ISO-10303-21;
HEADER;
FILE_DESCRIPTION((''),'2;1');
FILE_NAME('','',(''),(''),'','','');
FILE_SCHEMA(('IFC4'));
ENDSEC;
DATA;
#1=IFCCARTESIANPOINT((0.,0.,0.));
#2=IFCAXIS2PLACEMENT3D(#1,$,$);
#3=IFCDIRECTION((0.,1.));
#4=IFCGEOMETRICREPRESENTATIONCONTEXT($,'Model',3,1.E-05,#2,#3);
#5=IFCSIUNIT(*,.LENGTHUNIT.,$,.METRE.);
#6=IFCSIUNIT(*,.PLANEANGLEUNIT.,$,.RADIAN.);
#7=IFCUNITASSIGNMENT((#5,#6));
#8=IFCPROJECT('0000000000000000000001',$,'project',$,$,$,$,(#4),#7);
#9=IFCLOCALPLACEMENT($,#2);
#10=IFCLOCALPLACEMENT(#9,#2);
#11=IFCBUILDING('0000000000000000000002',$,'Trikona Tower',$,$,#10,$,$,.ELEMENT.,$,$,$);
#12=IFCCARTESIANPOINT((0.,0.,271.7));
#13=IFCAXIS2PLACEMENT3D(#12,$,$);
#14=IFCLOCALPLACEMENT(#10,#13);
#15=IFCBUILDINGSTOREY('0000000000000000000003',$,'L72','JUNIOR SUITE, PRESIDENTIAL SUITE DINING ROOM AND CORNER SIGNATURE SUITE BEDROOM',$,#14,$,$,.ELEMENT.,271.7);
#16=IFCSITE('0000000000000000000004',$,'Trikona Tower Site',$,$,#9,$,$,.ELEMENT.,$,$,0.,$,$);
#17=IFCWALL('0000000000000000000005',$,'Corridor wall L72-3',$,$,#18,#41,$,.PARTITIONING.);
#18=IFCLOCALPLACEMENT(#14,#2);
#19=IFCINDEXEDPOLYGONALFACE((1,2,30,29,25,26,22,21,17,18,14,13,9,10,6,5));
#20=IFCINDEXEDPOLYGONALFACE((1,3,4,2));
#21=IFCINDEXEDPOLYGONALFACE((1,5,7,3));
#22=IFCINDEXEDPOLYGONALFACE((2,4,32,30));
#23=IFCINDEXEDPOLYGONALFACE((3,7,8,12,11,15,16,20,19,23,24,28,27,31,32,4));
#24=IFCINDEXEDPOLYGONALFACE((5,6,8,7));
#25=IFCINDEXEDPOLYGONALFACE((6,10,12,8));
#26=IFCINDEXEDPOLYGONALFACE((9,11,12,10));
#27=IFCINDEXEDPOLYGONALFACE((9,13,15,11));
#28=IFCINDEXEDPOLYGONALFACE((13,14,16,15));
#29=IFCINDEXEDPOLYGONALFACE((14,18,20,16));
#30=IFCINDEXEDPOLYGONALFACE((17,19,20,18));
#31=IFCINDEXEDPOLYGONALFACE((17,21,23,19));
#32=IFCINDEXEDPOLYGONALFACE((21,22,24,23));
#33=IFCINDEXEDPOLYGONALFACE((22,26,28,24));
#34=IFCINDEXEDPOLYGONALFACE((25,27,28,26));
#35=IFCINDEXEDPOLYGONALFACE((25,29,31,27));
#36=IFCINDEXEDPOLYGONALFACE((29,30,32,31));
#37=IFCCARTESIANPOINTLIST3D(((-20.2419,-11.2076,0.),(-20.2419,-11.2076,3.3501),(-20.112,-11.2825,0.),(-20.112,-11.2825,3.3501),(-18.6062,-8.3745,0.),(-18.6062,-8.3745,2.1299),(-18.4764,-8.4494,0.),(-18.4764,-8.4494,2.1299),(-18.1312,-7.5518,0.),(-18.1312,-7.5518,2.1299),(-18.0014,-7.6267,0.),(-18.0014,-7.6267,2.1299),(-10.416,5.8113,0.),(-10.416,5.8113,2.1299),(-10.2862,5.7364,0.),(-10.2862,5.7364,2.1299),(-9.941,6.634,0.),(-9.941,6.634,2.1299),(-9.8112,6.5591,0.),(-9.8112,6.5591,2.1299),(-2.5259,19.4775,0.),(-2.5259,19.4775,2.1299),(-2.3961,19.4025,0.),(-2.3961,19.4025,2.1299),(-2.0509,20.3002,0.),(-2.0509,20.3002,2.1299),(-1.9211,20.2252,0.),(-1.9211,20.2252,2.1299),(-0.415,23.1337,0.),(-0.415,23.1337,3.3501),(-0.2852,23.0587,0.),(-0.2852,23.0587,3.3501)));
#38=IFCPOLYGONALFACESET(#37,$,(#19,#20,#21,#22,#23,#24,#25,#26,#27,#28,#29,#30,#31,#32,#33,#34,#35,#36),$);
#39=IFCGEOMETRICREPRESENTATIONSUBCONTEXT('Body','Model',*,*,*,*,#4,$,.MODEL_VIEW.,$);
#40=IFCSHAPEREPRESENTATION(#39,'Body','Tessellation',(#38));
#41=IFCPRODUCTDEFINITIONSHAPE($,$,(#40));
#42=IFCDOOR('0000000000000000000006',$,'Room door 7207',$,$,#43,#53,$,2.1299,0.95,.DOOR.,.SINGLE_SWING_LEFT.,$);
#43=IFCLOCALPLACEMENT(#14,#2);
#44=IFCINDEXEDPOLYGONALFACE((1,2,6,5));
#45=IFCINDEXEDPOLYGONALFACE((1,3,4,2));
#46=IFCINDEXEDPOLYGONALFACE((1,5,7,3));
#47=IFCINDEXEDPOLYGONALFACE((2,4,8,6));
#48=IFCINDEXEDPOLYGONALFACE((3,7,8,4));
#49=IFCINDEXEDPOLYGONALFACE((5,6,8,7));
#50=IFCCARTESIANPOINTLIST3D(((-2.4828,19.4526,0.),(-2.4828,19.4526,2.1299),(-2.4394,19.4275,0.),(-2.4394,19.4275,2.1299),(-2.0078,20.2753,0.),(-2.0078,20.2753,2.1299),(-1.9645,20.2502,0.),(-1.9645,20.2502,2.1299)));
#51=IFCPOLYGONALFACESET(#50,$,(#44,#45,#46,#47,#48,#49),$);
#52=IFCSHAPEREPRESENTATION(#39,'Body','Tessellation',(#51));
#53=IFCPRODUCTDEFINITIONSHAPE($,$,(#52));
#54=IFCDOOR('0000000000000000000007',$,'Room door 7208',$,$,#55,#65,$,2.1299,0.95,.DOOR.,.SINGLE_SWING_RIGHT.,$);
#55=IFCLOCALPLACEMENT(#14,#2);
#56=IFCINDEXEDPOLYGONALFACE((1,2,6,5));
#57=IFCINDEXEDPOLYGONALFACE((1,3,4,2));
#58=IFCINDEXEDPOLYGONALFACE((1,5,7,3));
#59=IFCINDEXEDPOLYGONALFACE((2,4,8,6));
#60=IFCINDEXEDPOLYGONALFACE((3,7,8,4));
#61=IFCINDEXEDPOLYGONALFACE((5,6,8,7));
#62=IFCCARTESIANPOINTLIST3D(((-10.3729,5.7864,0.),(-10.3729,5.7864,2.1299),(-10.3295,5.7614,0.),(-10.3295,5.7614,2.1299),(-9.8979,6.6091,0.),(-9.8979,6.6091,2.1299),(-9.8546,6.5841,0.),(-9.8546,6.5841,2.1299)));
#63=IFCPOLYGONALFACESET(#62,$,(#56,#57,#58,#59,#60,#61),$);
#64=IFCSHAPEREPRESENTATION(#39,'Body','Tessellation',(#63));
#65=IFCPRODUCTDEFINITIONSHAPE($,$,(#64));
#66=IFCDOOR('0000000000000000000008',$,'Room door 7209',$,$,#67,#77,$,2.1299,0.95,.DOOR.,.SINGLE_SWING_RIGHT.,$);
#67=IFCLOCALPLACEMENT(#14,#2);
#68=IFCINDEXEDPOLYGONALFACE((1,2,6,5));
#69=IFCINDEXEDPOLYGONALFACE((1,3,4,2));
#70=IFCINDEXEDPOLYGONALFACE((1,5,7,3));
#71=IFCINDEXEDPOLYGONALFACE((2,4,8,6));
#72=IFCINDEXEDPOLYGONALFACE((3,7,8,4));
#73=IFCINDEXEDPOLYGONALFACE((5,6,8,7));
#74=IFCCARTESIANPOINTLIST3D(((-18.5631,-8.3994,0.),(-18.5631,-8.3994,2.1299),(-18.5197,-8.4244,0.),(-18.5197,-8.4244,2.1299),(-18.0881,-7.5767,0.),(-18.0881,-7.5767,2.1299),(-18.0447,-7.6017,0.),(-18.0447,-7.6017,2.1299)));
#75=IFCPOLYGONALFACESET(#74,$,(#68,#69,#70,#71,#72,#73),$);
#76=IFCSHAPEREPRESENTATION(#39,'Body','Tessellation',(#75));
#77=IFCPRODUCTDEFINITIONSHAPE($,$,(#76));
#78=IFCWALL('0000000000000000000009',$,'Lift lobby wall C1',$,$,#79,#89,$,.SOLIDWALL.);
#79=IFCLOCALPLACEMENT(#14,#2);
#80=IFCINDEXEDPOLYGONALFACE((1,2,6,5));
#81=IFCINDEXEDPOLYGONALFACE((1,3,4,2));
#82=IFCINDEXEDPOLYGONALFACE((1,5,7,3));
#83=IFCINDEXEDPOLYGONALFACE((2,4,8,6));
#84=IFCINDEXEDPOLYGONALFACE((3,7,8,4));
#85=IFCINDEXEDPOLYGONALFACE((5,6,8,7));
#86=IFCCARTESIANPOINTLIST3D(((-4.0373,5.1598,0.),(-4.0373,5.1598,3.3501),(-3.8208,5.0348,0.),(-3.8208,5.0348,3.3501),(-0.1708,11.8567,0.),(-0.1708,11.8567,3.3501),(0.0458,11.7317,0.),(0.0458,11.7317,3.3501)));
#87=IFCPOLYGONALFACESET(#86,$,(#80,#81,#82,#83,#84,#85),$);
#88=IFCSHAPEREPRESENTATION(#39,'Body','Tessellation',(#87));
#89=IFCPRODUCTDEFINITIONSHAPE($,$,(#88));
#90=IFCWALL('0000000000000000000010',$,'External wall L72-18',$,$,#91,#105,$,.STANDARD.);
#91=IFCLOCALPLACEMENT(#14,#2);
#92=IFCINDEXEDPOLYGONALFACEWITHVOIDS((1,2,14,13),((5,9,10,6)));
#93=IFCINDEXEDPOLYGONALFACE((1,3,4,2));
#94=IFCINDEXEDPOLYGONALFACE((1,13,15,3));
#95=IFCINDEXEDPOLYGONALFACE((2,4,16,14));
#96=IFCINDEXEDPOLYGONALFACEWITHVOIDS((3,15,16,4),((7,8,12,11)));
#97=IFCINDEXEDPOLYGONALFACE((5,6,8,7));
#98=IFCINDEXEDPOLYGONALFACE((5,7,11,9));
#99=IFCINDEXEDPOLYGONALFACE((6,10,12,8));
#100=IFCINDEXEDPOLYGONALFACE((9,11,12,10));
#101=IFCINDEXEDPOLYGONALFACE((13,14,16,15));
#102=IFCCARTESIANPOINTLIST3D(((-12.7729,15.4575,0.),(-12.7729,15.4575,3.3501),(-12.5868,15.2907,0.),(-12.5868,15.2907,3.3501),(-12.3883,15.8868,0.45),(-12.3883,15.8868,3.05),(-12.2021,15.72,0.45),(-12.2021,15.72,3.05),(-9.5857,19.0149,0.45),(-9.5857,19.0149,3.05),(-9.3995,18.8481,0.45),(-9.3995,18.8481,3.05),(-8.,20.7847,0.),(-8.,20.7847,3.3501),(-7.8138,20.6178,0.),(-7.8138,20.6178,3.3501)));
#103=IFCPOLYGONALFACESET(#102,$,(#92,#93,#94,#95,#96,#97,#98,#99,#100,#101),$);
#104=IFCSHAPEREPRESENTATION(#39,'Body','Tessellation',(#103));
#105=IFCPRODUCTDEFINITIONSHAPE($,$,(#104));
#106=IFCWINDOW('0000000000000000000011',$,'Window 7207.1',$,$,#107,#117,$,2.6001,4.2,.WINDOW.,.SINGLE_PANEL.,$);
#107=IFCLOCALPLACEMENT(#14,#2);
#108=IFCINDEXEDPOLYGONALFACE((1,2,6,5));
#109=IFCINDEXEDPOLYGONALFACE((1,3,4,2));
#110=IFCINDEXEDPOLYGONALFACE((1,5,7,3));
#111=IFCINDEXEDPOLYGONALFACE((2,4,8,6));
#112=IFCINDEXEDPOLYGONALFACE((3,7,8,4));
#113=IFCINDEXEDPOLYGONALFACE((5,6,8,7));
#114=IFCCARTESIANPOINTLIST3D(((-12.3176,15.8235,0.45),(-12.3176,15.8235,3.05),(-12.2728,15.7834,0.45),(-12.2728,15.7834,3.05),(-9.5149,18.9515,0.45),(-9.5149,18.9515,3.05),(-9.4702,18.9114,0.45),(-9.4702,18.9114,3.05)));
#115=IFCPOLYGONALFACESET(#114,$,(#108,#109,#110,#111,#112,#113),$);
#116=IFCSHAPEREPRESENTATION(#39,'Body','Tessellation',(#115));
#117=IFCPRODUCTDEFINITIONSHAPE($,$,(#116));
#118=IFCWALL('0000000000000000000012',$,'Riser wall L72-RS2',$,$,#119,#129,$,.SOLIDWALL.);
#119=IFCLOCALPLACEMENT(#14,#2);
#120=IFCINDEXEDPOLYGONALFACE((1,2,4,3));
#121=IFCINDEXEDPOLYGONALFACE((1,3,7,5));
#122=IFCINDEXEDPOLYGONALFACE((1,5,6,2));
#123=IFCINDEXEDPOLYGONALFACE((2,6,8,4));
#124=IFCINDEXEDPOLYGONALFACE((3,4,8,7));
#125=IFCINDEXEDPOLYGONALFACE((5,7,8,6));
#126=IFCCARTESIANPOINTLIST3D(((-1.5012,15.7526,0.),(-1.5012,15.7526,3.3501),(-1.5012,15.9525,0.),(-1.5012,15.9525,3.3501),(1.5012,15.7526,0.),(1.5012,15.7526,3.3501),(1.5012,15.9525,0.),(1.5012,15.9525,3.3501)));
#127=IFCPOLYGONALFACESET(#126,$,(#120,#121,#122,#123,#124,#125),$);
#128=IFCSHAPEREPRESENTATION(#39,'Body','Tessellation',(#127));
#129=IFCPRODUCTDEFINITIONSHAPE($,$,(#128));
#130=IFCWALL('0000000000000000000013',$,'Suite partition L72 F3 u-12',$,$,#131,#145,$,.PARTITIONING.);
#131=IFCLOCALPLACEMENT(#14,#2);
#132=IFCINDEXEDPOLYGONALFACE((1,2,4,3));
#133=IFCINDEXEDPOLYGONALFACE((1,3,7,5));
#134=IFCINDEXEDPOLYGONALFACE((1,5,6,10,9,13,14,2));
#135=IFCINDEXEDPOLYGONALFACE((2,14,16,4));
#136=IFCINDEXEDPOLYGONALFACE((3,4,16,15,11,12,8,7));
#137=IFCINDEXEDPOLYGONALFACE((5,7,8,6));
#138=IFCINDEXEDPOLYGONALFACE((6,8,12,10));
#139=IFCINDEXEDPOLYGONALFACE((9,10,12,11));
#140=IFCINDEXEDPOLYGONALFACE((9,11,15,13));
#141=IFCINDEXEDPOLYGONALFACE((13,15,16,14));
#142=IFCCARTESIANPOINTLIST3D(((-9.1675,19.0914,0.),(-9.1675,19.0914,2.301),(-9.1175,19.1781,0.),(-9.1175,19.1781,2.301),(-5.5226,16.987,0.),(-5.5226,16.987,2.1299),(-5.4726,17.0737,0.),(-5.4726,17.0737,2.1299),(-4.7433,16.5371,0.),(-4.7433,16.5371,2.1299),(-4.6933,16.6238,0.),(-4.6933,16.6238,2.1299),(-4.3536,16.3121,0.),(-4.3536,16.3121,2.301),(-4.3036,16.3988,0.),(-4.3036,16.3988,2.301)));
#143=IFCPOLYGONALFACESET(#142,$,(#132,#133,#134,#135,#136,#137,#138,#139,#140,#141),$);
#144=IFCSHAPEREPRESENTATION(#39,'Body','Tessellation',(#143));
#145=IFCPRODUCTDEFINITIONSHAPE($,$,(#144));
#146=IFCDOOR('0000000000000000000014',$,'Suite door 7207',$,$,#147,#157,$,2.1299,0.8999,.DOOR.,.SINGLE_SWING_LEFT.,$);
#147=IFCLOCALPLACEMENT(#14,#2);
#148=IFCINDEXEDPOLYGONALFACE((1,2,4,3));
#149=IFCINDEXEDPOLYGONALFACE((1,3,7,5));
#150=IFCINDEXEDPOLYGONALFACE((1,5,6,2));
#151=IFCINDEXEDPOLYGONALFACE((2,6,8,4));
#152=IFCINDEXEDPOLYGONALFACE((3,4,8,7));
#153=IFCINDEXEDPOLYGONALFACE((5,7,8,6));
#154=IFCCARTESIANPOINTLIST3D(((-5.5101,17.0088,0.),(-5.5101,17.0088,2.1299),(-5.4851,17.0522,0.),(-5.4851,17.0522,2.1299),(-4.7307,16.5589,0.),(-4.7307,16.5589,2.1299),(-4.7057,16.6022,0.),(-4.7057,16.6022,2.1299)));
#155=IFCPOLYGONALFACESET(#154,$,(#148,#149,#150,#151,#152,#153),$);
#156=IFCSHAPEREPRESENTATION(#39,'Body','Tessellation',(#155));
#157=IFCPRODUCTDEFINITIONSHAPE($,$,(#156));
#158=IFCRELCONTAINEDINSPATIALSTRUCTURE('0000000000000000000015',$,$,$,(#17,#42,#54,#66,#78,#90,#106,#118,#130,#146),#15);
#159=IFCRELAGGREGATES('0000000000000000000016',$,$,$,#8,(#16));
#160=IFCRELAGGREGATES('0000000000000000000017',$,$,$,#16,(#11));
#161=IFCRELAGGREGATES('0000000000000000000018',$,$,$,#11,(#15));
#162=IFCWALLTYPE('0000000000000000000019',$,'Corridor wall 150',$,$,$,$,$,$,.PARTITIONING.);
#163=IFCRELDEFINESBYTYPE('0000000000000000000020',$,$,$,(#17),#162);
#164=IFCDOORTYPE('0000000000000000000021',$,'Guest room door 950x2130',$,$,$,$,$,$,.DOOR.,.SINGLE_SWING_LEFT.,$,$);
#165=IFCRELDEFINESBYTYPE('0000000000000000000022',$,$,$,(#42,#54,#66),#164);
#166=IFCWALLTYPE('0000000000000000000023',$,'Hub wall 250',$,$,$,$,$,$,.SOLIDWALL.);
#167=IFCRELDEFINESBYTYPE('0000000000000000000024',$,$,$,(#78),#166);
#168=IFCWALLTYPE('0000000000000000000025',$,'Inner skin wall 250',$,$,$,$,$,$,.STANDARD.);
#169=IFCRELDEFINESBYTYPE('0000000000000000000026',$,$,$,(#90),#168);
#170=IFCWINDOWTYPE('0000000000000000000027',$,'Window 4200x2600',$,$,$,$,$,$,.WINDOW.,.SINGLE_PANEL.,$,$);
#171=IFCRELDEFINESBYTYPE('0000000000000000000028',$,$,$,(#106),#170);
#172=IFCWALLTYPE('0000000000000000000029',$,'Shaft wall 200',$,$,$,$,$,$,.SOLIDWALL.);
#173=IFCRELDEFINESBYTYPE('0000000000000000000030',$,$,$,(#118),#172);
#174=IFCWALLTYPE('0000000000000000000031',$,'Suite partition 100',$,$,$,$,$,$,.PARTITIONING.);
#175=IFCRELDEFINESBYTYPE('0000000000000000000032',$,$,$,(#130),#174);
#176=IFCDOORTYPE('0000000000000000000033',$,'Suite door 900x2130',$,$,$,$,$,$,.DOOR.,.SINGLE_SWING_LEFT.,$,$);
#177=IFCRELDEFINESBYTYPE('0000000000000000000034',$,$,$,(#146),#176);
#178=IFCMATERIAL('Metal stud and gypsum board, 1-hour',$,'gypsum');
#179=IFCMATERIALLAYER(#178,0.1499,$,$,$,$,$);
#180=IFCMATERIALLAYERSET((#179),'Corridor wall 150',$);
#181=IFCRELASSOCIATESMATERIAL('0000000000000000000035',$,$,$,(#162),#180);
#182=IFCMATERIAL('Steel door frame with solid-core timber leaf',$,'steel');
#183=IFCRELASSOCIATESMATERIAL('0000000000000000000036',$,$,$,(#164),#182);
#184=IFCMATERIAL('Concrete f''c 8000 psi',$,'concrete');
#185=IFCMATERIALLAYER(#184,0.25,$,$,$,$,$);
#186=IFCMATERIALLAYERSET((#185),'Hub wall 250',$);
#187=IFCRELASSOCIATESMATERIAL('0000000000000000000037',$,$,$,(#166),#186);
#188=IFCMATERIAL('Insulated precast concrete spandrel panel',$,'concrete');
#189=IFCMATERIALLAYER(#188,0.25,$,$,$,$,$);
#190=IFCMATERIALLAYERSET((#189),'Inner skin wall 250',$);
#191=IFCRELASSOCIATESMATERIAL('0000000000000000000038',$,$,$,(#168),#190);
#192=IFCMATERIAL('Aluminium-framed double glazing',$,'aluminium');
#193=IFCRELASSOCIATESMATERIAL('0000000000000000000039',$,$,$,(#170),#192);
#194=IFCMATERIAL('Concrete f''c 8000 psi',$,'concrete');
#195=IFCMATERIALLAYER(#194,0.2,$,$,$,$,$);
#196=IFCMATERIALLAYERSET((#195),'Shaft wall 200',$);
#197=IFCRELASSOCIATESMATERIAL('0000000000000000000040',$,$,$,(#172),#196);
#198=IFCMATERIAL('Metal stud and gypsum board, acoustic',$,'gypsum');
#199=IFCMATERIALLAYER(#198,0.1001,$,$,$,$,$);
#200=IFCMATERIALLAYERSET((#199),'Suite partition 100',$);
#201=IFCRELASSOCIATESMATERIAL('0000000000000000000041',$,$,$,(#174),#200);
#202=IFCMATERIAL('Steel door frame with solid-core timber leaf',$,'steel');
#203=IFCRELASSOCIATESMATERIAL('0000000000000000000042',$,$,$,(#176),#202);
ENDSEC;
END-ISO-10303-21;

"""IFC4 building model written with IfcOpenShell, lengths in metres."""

from ifc_helpers import new_model, si_unit, direction, frame, frame_2d, origin, place, context, subcontext, project, spatial, rectangle, extrude, material, layer, layer_set, type_object, element, fill, save


model = new_model("IFC4")

# Units and contexts
model_context = context("Model", 3, precision=1e-05, world=origin(), true_north=direction((0.0, 1.0)))
body_context = subcontext(model_context, "Body", "Model", "MODEL_VIEW")
ifc_project = project(units=[si_unit("LENGTHUNIT", "METRE"), si_unit("PLANEANGLEUNIT", "RADIAN")], contexts=[model_context])

# Site, building, storey
site_placement = place(None, origin())
site = spatial("IfcSite", under=ifc_project, at=site_placement, Name="Trikona Tower Site", CompositionType="ELEMENT", RefElevation=0.0)
building_placement = place(site_placement, origin())
building = spatial("IfcBuilding", under=site, at=building_placement, Name="Trikona Tower", CompositionType="ELEMENT")
storey_placement = place(building_placement, frame((0.0, 0.0, 271.7)))
storey = spatial("IfcBuildingStorey", under=building, at=storey_placement, Name="L72", Description="JUNIOR SUITE, PRESIDENTIAL SUITE DINING ROOM AND CORNER SIGNATURE SUITE BEDROOM", CompositionType="ELEMENT", Elevation=271.7)

# Wall, openings, doors
ifc_material_1 = material(Name="Metal stud and gypsum board, 1-hour", Category="gypsum")
ifc_layer_1 = layer(ifc_material_1, 0.1499)
ifc_layer_set_1 = layer_set([ifc_layer_1], Name="Corridor wall 150")
wall_type_1 = type_object("IfcWallType", Name="Corridor wall 150", PredefinedType="PARTITIONING", material=ifc_layer_set_1)
wall_1_placement = place(storey_placement, frame((-0.3501, 23.0962, 0.0), z_axis=(0.0, 0.0, 1.0), x_axis=(-0.499999, -0.866026, 0.0)))
wall_1 = element("IfcWall", 1, at=wall_1_placement, inside=storey, type_object=wall_type_1, Name="Corridor wall L72-3", PredefinedType="PARTITIONING", context=body_context, shape_type="SweptSolid", body=[
    extrude(rectangle(XDim=39.6538, YDim=0.1499, at=frame_2d((19.8269, 0.0))), origin(), (0.0, 0.0, 1.0), 3.3501),
])
opening_1_placement = place(wall_1_placement, frame((3.2717, 0.0, 0.0)))
opening_1 = element("IfcOpeningElement", 2, at=opening_1_placement, cuts=wall_1, PredefinedType="OPENING", context=body_context, shape_type="SweptSolid", body=[
    extrude(rectangle(XDim=0.95, YDim=2.1299, at=frame_2d((0.4751, 1.0649))), frame((0.0, 0.085, 0.0), z_axis=(0.0, -1.0, 0.0), x_axis=(1.0, 0.0, 0.0)), (0.0, 0.0, 1.0), 0.1699),
])
opening_2_placement = place(wall_1_placement, frame((19.052, 0.0, 0.0)))
opening_2 = element("IfcOpeningElement", 3, at=opening_2_placement, cuts=wall_1, PredefinedType="OPENING", context=body_context, shape_type="SweptSolid", body=[
    extrude(rectangle(XDim=0.95, YDim=2.1299, at=frame_2d((0.4751, 1.0649))), frame((0.0, 0.085, 0.0), z_axis=(0.0, -1.0, 0.0), x_axis=(1.0, 0.0, 0.0)), (0.0, 0.0, 1.0), 0.1699),
])
opening_3_placement = place(wall_1_placement, frame((35.4324, 0.0, 0.0)))
opening_3 = element("IfcOpeningElement", 4, at=opening_3_placement, cuts=wall_1, PredefinedType="OPENING", context=body_context, shape_type="SweptSolid", body=[
    extrude(rectangle(XDim=0.95, YDim=2.1299, at=frame_2d((0.4751, 1.0649))), frame((0.0, 0.085, 0.0), z_axis=(0.0, -1.0, 0.0), x_axis=(1.0, 0.0, 0.0)), (0.0, 0.0, 1.0), 0.1699),
])
ifc_material_2 = material(Name="Steel door frame with solid-core timber leaf", Category="steel")
door_type_1 = type_object("IfcDoorType", Name="Guest room door 950x2130", OperationType="SINGLE_SWING_LEFT", PredefinedType="DOOR", material=ifc_material_2)
door_1_placement = place(opening_1_placement, origin())
door_1 = element("IfcDoor", 5, at=door_1_placement, inside=storey, type_object=door_type_1, Name="Room door 7207", OperationType="SINGLE_SWING_LEFT", OverallHeight=2.1299, OverallWidth=0.95, PredefinedType="DOOR", context=body_context, shape_type="SweptSolid", body=[
    extrude(rectangle(XDim=0.95, YDim=2.1299, at=frame_2d((0.4751, 1.0649))), frame((0.0, 0.0249, 0.0), z_axis=(0.0, -1.0, 0.0), x_axis=(1.0, 0.0, 0.0)), (0.0, 0.0, 1.0), 0.05),
])
fill(opening_1, door_1)
door_2_placement = place(opening_2_placement, origin())
door_2 = element("IfcDoor", 6, at=door_2_placement, inside=storey, type_object=door_type_1, Name="Room door 7208", OperationType="SINGLE_SWING_RIGHT", OverallHeight=2.1299, OverallWidth=0.95, PredefinedType="DOOR", context=body_context, shape_type="SweptSolid", body=[
    extrude(rectangle(XDim=0.95, YDim=2.1299, at=frame_2d((0.4751, 1.0649))), frame((0.0, 0.0249, 0.0), z_axis=(0.0, -1.0, 0.0), x_axis=(1.0, 0.0, 0.0)), (0.0, 0.0, 1.0), 0.05),
])
fill(opening_2, door_2)
door_3_placement = place(opening_3_placement, origin())
door_3 = element("IfcDoor", 7, at=door_3_placement, inside=storey, type_object=door_type_1, Name="Room door 7209", OperationType="SINGLE_SWING_RIGHT", OverallHeight=2.1299, OverallWidth=0.95, PredefinedType="DOOR", context=body_context, shape_type="SweptSolid", body=[
    extrude(rectangle(XDim=0.95, YDim=2.1299, at=frame_2d((0.4751, 1.0649))), frame((0.0, 0.0249, 0.0), z_axis=(0.0, -1.0, 0.0), x_axis=(1.0, 0.0, 0.0)), (0.0, 0.0, 1.0), 0.05),
])
fill(opening_3, door_3)

# Wall
ifc_material_3 = material(Name="Concrete f'c 8000 psi", Category="concrete")
ifc_layer_2 = layer(ifc_material_3, 0.25)
ifc_layer_set_2 = layer_set([ifc_layer_2], Name="Hub wall 250")
wall_type_2 = type_object("IfcWallType", Name="Hub wall 250", PredefinedType="SOLIDWALL", material=ifc_layer_set_2)
wall_2_placement = place(storey_placement, frame((-0.0625, 11.7942, 0.0), z_axis=(0.0, 0.0, 1.0), x_axis=(-0.500007, -0.866022, 0.0)))
element("IfcWall", 8, at=wall_2_placement, inside=storey, type_object=wall_type_2, Name="Lift lobby wall C1", PredefinedType="SOLIDWALL", context=body_context, shape_type="SweptSolid", body=[
    extrude(rectangle(XDim=7.7329, YDim=0.25, at=frame_2d((3.8665, 0.0))), origin(), (0.0, 0.0, 1.0), 3.3501),
])

# Wall, opening, window
ifc_material_4 = material(Name="Insulated precast concrete spandrel panel", Category="concrete")
ifc_layer_3 = layer(ifc_material_4, 0.25)
ifc_layer_set_3 = layer_set([ifc_layer_3], Name="Inner skin wall 250")
wall_type_3 = type_object("IfcWallType", Name="Inner skin wall 250", PredefinedType="STANDARD", material=ifc_layer_set_3)
wall_3_placement = place(storey_placement, frame((-7.907, 20.7012, 0.0), z_axis=(0.0, 0.0, 1.0), x_axis=(-0.667304, -0.744786, 0.0)))
wall_3 = element("IfcWall", 9, at=wall_3_placement, inside=storey, type_object=wall_type_3, Name="External wall L72-18", PredefinedType="STANDARD", context=body_context, shape_type="SweptSolid", body=[
    extrude(rectangle(XDim=7.1526, YDim=0.25, at=frame_2d((3.5762, 0.0))), origin(), (0.0, 0.0, 1.0), 3.3501),
])
opening_4_placement = place(wall_3_placement, frame((2.376, 0.0, 0.45)))
opening_4 = element("IfcOpeningElement", 10, at=opening_4_placement, cuts=wall_3, PredefinedType="OPENING", context=body_context, shape_type="SweptSolid", body=[
    extrude(rectangle(XDim=4.2, YDim=2.6001, at=frame_2d((2.1001, 1.3))), frame((0.0, 0.135, 0.0), z_axis=(0.0, -1.0, 0.0), x_axis=(1.0, 0.0, 0.0)), (0.0, 0.0, 1.0), 0.27),
])
ifc_material_5 = material(Name="Aluminium-framed double glazing", Category="aluminium")
window_type_1 = type_object("IfcWindowType", Name="Window 4200x2600", PartitioningType="SINGLE_PANEL", PredefinedType="WINDOW", material=ifc_material_5)
window_1_placement = place(opening_4_placement, origin())
window_1 = element("IfcWindow", 11, at=window_1_placement, inside=storey, type_object=window_type_1, Name="Window 7207.1", OverallHeight=2.6001, OverallWidth=4.2, PartitioningType="SINGLE_PANEL", PredefinedType="WINDOW", context=body_context, shape_type="SweptSolid", body=[
    extrude(rectangle(XDim=4.2, YDim=2.6001, at=frame_2d((2.1001, 1.3))), frame((0.0, 0.03, 0.0), z_axis=(0.0, -1.0, 0.0), x_axis=(1.0, 0.0, 0.0)), (0.0, 0.0, 1.0), 0.0601),
])
fill(opening_4, window_1)

# Wall
ifc_material_6 = material(Name="Concrete f'c 8000 psi", Category="concrete")
ifc_layer_4 = layer(ifc_material_6, 0.2)
ifc_layer_set_4 = layer_set([ifc_layer_4], Name="Shaft wall 200")
wall_type_4 = type_object("IfcWallType", Name="Shaft wall 200", PredefinedType="SOLIDWALL", material=ifc_layer_set_4)
wall_4_placement = place(storey_placement, frame((-1.5012, 15.8525, 0.0), z_axis=(0.0, 0.0, 1.0), x_axis=(1.0, 0.0, 0.0)))
element("IfcWall", 12, at=wall_4_placement, inside=storey, type_object=wall_type_4, Name="Riser wall L72-RS2", PredefinedType="SOLIDWALL", context=body_context, shape_type="SweptSolid", body=[
    extrude(rectangle(XDim=3.0024, YDim=0.2, at=frame_2d((1.5012, 0.0))), origin(), (0.0, 0.0, 1.0), 3.3501),
])

# Wall, opening, door
ifc_material_7 = material(Name="Metal stud and gypsum board, acoustic", Category="gypsum")
ifc_layer_5 = layer(ifc_material_7, 0.1001)
ifc_layer_set_5 = layer_set([ifc_layer_5], Name="Suite partition 100")
wall_type_5 = type_object("IfcWallType", Name="Suite partition 100", PredefinedType="PARTITIONING", material=ifc_layer_set_5)
wall_5_placement = place(storey_placement, frame((-4.3286, 16.3555, 0.0), z_axis=(0.0, 0.0, 1.0), x_axis=(-0.866029, 0.499994, 0.0)))
wall_5 = element("IfcWall", 13, at=wall_5_placement, inside=storey, type_object=wall_type_5, Name="Suite partition L72 F3 u-12", PredefinedType="PARTITIONING", context=body_context, shape_type="SweptSolid", body=[
    extrude(rectangle(XDim=5.5586, YDim=0.1001, at=frame_2d((2.7793, 0.0))), origin(), (0.0, 0.0, 1.0), 2.301),
])
opening_5_placement = place(wall_5_placement, frame((0.45, 0.0, 0.0)))
opening_5 = element("IfcOpeningElement", 14, at=opening_5_placement, cuts=wall_5, PredefinedType="OPENING", context=body_context, shape_type="SweptSolid", body=[
    extrude(rectangle(XDim=0.8999, YDim=2.1299, at=frame_2d((0.45, 1.0649))), frame((0.0, 0.0601, 0.0), z_axis=(0.0, -1.0, 0.0), x_axis=(1.0, 0.0, 0.0)), (0.0, 0.0, 1.0), 0.1201),
])
ifc_material_8 = material(Name="Steel door frame with solid-core timber leaf", Category="steel")
door_type_2 = type_object("IfcDoorType", Name="Suite door 900x2130", OperationType="SINGLE_SWING_LEFT", PredefinedType="DOOR", material=ifc_material_8)
door_4_placement = place(opening_5_placement, origin())
door_4 = element("IfcDoor", 15, at=door_4_placement, inside=storey, type_object=door_type_2, Name="Suite door 7207", OperationType="SINGLE_SWING_LEFT", OverallHeight=2.1299, OverallWidth=0.8999, PredefinedType="DOOR", context=body_context, shape_type="SweptSolid", body=[
    extrude(rectangle(XDim=0.8999, YDim=2.1299, at=frame_2d((0.45, 1.0649))), frame((0.0, 0.0249, 0.0), z_axis=(0.0, -1.0, 0.0), x_axis=(1.0, 0.0, 0.0)), (0.0, 0.0, 1.0), 0.05),
])
fill(opening_5, door_4)

save(model, "model.ifc")
